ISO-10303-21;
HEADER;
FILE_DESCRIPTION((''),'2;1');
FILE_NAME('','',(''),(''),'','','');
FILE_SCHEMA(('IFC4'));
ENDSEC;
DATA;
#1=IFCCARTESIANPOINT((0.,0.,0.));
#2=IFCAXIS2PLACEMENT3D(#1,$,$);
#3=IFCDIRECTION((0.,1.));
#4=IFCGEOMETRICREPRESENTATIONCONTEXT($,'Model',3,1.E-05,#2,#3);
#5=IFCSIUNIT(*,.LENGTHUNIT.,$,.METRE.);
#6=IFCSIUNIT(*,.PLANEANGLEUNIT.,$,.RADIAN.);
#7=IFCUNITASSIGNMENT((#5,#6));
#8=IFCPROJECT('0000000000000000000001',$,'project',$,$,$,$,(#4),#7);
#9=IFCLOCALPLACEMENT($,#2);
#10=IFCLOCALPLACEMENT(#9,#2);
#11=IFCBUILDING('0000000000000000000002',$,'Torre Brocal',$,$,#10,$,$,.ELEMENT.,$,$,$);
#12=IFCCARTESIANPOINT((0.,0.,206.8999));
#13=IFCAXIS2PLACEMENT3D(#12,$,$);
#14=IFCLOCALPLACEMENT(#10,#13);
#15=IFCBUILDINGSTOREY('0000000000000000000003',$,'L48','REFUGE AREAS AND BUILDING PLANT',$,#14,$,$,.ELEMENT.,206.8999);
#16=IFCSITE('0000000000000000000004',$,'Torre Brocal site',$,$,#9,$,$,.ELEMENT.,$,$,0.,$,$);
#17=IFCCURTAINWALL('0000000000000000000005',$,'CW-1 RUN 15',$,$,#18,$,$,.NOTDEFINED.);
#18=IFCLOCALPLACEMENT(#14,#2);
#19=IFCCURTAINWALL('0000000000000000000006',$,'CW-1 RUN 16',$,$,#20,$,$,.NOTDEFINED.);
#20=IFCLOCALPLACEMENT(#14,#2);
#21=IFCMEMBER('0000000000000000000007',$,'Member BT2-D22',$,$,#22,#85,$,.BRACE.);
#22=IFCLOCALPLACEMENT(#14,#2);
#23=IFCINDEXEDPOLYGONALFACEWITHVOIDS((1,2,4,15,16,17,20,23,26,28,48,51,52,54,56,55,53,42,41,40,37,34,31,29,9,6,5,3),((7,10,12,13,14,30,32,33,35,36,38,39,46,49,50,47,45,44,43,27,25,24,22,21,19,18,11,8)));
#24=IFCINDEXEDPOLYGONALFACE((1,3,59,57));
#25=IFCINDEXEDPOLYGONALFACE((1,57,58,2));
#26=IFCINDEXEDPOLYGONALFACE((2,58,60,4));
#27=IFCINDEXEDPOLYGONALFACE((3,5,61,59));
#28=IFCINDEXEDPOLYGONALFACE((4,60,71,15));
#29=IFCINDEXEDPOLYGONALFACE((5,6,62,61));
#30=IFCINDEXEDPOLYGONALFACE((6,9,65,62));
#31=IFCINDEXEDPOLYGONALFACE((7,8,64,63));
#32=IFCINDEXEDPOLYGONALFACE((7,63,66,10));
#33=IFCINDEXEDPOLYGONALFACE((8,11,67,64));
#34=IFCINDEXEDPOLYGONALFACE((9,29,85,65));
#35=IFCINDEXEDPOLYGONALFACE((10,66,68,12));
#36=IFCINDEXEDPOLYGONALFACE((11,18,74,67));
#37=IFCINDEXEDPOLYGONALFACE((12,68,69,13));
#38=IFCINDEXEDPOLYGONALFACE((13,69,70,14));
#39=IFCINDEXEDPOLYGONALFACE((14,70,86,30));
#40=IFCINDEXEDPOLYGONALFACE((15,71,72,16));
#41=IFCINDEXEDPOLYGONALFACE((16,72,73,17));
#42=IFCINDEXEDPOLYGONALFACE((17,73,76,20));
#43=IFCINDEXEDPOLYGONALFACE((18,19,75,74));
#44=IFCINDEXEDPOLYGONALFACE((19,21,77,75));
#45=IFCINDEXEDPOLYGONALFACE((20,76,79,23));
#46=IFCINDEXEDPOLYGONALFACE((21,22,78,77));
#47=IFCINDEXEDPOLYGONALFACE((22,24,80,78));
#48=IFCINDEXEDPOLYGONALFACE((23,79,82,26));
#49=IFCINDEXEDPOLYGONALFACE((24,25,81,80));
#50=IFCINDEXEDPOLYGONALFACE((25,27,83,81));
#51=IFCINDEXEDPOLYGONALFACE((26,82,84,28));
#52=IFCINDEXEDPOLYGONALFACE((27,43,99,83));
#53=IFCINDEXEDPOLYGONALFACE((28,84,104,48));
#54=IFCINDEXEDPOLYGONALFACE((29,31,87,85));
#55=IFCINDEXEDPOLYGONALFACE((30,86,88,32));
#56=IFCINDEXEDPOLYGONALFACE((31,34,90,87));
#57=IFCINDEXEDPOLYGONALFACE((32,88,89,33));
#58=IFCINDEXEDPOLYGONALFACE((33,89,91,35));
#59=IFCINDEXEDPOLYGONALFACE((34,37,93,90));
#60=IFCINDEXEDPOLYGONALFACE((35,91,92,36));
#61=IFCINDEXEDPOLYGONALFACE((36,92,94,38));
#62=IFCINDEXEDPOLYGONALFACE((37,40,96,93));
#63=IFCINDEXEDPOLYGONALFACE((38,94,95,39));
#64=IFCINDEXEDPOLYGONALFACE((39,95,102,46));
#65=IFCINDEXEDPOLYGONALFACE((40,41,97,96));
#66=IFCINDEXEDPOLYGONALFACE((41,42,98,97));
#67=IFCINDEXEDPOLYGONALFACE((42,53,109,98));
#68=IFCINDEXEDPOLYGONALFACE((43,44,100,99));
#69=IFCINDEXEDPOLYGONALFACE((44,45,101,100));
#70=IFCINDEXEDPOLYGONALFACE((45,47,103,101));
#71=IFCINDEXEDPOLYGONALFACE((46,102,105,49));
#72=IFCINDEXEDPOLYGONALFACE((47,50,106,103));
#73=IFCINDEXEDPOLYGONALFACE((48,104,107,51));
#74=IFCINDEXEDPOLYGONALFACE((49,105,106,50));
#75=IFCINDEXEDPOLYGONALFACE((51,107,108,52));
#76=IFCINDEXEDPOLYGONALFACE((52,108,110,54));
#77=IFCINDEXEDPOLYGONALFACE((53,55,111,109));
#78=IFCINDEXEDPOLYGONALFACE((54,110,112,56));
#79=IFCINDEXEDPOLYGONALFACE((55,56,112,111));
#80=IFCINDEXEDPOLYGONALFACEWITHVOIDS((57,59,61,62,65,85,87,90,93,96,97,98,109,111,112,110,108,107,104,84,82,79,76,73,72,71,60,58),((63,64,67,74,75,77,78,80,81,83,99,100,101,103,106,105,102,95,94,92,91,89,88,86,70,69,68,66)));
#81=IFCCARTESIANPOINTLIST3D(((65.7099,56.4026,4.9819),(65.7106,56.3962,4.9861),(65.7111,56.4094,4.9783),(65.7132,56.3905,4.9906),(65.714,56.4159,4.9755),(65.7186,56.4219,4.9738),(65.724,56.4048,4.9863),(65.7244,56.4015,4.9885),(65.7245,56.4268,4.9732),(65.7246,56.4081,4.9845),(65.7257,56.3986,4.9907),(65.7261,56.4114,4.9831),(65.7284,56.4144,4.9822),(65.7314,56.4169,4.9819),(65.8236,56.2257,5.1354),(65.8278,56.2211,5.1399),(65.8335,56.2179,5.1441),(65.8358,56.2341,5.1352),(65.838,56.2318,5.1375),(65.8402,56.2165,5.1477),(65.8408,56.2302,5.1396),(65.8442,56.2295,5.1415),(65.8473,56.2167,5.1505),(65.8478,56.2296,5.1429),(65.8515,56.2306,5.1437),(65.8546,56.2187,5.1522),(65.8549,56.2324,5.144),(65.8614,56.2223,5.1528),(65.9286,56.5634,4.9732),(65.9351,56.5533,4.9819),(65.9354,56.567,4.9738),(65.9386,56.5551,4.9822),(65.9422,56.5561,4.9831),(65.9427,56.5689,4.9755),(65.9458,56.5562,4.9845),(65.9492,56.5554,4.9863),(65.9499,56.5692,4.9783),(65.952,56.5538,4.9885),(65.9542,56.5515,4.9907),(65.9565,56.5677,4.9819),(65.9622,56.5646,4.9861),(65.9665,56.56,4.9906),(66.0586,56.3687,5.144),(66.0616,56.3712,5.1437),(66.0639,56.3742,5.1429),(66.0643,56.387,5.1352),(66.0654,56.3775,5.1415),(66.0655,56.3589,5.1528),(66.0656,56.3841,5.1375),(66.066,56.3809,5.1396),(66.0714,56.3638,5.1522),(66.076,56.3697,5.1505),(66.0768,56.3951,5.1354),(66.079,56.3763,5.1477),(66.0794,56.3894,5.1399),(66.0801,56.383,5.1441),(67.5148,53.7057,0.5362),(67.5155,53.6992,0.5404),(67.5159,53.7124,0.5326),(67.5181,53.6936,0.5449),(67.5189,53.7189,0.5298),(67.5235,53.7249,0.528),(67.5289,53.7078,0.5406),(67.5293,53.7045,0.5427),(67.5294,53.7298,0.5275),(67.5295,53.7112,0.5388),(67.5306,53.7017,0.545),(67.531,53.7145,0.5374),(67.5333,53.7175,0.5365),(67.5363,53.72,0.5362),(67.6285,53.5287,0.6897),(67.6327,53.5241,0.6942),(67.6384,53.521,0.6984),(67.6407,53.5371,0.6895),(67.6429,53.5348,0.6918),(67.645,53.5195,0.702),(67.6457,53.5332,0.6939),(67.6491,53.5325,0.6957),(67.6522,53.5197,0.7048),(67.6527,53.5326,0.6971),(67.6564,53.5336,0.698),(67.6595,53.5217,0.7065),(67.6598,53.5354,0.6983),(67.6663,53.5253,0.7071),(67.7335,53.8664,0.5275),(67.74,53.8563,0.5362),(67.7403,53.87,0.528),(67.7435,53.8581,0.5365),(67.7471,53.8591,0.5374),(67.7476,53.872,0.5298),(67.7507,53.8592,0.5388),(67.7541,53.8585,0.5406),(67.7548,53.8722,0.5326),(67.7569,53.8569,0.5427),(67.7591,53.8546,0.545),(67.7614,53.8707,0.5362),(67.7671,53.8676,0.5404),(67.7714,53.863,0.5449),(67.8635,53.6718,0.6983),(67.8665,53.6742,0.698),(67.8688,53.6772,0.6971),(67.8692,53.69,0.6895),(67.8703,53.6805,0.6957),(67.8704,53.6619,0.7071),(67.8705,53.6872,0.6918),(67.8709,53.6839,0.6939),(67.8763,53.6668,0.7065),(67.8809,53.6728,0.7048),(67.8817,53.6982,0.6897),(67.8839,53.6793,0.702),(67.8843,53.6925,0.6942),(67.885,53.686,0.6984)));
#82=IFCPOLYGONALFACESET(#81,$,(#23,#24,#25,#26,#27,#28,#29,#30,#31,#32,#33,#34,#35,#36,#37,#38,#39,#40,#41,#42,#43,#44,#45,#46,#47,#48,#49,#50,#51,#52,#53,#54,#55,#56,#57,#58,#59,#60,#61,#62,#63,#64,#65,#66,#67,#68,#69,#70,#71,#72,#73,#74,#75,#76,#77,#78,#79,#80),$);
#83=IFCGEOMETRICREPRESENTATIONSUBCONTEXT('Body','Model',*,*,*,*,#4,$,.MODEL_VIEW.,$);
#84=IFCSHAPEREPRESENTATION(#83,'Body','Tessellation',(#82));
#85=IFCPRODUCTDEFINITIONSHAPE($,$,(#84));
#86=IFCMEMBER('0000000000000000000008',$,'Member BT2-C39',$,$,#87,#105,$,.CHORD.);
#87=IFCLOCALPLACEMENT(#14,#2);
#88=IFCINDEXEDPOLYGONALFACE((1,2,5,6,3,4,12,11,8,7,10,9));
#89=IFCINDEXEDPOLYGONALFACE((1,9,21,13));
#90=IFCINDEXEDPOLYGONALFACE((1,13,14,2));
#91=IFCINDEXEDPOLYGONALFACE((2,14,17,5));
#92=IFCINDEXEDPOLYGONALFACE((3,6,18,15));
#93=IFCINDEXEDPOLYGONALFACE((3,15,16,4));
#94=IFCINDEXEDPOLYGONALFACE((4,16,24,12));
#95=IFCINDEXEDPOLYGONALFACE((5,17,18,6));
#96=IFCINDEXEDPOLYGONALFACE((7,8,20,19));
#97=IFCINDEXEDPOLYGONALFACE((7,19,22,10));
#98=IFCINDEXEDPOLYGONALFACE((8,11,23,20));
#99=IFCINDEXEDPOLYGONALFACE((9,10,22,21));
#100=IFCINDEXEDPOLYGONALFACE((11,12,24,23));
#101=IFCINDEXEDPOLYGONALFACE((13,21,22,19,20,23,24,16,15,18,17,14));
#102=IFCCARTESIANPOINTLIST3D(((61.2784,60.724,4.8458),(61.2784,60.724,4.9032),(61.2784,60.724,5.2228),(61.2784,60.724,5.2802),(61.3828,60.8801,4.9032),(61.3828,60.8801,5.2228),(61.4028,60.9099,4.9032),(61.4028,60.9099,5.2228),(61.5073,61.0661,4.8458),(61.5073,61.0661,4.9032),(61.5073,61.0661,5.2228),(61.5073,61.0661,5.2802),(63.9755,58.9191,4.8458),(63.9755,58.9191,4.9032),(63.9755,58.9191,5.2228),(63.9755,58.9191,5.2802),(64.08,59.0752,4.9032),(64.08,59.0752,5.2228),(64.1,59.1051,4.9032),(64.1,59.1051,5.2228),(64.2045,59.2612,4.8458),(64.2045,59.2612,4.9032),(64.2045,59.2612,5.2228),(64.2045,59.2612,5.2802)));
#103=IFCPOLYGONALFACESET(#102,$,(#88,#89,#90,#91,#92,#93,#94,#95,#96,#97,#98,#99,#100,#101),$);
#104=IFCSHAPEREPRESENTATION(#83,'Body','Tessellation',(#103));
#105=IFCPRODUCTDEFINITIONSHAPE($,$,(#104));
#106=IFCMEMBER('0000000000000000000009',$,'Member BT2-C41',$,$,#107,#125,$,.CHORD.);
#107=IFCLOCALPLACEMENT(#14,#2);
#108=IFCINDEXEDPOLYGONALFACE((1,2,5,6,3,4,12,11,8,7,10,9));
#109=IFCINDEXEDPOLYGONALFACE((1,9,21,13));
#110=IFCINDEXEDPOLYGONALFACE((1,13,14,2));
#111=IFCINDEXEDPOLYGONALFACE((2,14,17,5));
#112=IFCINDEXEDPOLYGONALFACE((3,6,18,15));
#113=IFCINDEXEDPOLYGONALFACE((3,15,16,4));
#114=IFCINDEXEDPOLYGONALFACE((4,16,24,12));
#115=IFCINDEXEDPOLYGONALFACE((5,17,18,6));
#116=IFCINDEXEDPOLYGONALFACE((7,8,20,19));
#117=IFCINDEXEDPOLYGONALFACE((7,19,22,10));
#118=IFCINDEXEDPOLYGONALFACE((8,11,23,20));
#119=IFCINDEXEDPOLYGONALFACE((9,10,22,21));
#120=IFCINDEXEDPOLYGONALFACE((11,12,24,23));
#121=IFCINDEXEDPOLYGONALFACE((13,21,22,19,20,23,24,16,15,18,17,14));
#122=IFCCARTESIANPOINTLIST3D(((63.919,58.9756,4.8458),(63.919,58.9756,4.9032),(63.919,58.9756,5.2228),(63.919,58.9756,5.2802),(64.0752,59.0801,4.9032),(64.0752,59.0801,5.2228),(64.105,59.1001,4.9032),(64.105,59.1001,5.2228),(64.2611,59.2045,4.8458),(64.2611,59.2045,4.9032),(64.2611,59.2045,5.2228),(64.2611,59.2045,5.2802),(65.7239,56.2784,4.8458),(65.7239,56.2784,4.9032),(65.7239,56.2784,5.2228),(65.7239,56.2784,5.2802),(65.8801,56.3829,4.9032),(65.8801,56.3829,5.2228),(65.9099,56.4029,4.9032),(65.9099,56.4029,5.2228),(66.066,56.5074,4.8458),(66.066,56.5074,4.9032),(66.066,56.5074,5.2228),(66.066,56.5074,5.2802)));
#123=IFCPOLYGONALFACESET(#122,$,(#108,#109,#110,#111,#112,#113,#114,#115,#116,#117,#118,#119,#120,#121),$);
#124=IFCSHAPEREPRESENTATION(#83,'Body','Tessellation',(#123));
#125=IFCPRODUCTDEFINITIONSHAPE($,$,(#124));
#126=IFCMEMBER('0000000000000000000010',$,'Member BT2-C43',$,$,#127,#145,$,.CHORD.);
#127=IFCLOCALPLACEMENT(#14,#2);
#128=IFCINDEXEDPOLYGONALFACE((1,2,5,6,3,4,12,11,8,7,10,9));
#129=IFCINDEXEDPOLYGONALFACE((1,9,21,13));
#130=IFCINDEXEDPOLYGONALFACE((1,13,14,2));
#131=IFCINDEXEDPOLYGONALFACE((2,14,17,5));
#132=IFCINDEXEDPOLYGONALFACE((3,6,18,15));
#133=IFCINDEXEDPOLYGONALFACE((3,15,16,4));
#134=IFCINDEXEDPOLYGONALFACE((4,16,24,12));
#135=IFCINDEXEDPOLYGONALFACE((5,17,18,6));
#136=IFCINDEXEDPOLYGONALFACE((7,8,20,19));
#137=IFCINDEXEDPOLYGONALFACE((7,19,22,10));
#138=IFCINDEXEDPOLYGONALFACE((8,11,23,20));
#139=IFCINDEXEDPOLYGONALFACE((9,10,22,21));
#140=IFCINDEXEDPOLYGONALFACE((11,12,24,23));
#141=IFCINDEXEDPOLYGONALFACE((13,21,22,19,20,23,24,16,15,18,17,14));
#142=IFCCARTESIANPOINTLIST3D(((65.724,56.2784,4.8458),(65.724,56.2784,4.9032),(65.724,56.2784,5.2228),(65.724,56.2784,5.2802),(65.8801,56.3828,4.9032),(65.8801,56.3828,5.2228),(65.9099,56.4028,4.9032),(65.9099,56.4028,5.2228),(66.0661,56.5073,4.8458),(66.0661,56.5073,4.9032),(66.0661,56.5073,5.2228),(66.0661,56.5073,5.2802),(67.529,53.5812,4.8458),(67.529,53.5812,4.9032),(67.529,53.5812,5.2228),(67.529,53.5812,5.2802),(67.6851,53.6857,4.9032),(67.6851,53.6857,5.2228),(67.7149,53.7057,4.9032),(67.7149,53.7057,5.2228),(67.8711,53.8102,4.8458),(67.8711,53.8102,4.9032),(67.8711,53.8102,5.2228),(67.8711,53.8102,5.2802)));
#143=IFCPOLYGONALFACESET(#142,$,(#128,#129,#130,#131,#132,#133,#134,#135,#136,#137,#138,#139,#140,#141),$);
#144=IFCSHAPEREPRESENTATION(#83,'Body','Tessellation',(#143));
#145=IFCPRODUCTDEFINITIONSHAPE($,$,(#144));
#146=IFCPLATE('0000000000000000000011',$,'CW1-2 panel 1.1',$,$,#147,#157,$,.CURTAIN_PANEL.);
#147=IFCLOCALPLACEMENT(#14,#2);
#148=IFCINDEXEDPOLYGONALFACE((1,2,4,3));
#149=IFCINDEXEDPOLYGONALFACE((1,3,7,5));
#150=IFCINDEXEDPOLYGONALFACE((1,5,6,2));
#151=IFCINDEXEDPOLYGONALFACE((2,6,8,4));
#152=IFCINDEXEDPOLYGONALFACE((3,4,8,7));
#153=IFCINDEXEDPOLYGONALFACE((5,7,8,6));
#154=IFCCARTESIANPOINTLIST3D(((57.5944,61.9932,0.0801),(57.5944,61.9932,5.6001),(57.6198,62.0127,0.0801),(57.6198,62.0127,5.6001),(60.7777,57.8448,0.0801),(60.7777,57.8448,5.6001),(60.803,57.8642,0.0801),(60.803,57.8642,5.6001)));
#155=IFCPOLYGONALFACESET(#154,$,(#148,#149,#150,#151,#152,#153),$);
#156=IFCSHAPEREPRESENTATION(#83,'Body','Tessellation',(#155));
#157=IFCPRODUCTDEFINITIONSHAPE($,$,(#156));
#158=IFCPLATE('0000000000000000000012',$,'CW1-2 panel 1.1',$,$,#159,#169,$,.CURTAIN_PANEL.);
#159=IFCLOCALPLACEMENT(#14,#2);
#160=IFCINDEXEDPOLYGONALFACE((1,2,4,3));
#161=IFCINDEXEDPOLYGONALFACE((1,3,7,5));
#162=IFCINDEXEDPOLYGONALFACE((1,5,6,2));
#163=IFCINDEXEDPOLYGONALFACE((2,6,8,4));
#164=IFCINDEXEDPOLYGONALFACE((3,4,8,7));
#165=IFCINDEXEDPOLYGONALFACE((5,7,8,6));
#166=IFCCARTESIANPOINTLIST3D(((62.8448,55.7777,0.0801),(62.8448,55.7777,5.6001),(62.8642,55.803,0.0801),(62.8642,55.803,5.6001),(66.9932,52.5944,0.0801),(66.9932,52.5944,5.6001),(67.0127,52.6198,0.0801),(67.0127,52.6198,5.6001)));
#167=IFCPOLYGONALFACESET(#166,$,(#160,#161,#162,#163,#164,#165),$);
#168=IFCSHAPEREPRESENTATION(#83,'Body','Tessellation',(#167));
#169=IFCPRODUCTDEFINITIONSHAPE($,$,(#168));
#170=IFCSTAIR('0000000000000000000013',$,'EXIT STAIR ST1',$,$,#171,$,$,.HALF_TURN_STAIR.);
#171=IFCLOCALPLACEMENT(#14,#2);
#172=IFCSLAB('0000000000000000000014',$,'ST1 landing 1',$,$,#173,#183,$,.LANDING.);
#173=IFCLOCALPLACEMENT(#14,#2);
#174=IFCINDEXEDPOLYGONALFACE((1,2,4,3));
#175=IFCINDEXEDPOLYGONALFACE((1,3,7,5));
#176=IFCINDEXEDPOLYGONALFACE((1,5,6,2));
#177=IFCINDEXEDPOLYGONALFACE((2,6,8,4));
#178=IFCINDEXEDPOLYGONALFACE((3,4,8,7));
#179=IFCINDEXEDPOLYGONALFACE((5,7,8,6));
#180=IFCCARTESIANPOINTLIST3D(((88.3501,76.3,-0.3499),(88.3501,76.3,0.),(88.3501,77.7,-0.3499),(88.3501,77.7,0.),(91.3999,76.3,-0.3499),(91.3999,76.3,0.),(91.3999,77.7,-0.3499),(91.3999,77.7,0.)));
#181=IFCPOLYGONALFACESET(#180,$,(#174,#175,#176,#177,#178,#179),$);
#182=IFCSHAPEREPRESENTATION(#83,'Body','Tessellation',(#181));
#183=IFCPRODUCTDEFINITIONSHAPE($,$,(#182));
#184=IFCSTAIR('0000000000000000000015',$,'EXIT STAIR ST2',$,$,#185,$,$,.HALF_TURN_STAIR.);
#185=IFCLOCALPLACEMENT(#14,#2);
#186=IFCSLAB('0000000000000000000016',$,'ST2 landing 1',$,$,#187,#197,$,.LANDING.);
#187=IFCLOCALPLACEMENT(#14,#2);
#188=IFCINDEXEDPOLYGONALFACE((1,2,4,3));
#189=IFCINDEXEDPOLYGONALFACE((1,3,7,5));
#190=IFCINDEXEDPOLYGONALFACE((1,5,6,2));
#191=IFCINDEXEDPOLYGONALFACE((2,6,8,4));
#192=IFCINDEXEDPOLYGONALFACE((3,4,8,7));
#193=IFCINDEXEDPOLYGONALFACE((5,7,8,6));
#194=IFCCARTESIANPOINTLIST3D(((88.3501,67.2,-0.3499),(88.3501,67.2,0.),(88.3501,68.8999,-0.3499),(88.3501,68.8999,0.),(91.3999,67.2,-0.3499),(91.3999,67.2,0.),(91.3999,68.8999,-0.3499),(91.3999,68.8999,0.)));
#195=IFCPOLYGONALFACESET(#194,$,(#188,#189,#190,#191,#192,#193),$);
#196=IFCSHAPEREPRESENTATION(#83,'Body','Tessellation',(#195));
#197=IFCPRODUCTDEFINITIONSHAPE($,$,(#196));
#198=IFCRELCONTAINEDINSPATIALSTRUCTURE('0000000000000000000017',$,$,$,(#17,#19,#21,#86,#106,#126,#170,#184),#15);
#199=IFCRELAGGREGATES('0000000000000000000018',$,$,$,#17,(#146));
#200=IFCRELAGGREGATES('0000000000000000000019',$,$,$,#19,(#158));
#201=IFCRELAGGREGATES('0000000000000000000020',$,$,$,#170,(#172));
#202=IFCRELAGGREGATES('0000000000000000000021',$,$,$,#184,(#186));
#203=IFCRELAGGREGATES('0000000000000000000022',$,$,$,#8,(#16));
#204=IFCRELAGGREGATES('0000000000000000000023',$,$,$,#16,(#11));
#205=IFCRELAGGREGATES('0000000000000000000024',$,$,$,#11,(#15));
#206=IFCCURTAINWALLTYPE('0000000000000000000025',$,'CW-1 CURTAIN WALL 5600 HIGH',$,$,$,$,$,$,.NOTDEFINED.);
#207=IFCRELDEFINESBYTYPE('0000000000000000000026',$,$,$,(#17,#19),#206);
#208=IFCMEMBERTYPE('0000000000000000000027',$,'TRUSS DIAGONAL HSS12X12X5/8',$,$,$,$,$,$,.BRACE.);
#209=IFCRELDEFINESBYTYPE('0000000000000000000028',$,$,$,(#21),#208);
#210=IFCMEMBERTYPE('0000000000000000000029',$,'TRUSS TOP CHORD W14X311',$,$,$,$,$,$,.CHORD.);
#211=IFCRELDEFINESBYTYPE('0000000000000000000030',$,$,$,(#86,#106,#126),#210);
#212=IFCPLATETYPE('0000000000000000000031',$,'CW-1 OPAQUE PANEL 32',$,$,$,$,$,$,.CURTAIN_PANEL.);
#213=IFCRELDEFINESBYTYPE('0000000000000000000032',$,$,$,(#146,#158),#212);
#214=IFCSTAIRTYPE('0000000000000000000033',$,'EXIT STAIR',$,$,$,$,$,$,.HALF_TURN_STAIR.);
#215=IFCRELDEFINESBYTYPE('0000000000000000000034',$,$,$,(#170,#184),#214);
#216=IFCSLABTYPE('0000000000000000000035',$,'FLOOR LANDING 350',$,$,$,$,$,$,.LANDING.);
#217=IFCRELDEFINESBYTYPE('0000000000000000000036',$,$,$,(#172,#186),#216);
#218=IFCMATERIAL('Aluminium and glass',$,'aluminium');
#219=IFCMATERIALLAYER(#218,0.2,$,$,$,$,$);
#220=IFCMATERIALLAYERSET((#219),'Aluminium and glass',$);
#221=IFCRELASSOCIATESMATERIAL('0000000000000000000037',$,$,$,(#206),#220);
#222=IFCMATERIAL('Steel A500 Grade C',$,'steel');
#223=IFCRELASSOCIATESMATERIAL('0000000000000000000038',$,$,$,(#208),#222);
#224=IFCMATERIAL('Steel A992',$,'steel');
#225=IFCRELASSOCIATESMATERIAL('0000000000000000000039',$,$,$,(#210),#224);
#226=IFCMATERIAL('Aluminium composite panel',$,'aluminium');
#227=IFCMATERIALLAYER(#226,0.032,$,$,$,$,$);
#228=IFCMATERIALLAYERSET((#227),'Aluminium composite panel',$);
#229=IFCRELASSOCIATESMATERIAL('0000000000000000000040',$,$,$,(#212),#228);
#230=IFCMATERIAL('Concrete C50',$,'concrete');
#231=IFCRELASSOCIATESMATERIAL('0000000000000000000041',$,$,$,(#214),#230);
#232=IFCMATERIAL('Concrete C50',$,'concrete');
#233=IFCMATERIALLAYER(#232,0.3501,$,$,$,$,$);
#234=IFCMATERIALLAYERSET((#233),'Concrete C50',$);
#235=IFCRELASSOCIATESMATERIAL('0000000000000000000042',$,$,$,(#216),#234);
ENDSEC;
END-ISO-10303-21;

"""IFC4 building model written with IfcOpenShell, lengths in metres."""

from ifc_helpers import new_model, si_unit, direction, frame, origin, origin_2d, place, context, subcontext, project, spatial, polyline, rectangle, hollow_rectangle, i_section, outline, extrude, material, layer, layer_set, material_profile, profile_set, type_object, element, aggregate, save


model = new_model("IFC4")

# Units and contexts
model_context = context("Model", 3, precision=1e-05, world=origin(), true_north=direction((0.0, 1.0)))
body_context = subcontext(model_context, "Body", "Model", "MODEL_VIEW")
ifc_project = project(units=[si_unit("LENGTHUNIT", "METRE"), si_unit("PLANEANGLEUNIT", "RADIAN")], contexts=[model_context])

# Site, building, storey
site_placement = place(None, origin())
site = spatial("IfcSite", under=ifc_project, at=site_placement, Name="Torre Brocal site", CompositionType="ELEMENT", RefElevation=0.0)
building_placement = place(site_placement, origin())
building = spatial("IfcBuilding", under=site, at=building_placement, Name="Torre Brocal", CompositionType="ELEMENT")
storey_placement = place(building_placement, frame((0.0, 0.0, 206.8999)))
storey = spatial("IfcBuildingStorey", under=building, at=storey_placement, Name="L48", Description="REFUGE AREAS AND BUILDING PLANT", CompositionType="ELEMENT", Elevation=206.8999)

# Curtain wall
ifc_material_1 = material(Name="Aluminium and glass", Category="aluminium")
ifc_layer_1 = layer(ifc_material_1, 0.2)
ifc_layer_set_1 = layer_set([ifc_layer_1], Name="Aluminium and glass")
curtain_wall_type = type_object("IfcCurtainWallType", Name="CW-1 CURTAIN WALL 5600 HIGH", PredefinedType="NOTDEFINED", material=ifc_layer_set_1)
curtain_wall_1_placement = place(storey_placement, origin())
curtain_wall_1 = element("IfcCurtainWall", 1, at=curtain_wall_1_placement, inside=storey, type_object=curtain_wall_type, Name="CW-1 RUN 15", PredefinedType="NOTDEFINED")

# Curtain wall
curtain_wall_2_placement = place(storey_placement, origin())
curtain_wall_2 = element("IfcCurtainWall", 2, at=curtain_wall_2_placement, inside=storey, type_object=curtain_wall_type, Name="CW-1 RUN 16", PredefinedType="NOTDEFINED")

# Members
ifc_material_2 = material(Name="Steel A500 Grade C", Category="steel")
ifc_material_profile_1 = material_profile(ifc_material_2, hollow_rectangle(XDim=0.3047, YDim=0.3047, WallThickness=0.0149, InnerFilletRadius=0.0149, OuterFilletRadius=0.0295, at=origin_2d()), Name="HSS12X12X5/8")
ifc_profile_set_1 = profile_set([ifc_material_profile_1], Name="Steel A500 Grade C")
member_type_1 = type_object("IfcMemberType", Name="TRUSS DIAGONAL HSS12X12X5/8", PredefinedType="BRACE", material=ifc_profile_set_1)
member_1_placement = place(storey_placement, frame((65.895, 56.3928, 5.063), z_axis=(0.327916, -0.489988, -0.807702), x_axis=(0.831065, 0.556175, 0.0)))
element("IfcMember", 3, at=member_1_placement, inside=storey, type_object=member_type_1, Name="Member BT2-D22", PredefinedType="BRACE", context=body_context, shape_type="SweptSolid", body=[
    extrude(hollow_rectangle(XDim=0.3047, YDim=0.3047, WallThickness=0.0149, InnerFilletRadius=0.0149, OuterFilletRadius=0.0295, at=origin_2d()), origin(), (0.0, 0.0, 1.0), 5.5042),
])
ifc_material_3 = material(Name="Steel A992", Category="steel")
ifc_material_profile_2 = material_profile(ifc_material_3, i_section(OverallWidth=0.4116, OverallDepth=0.4343, WebThickness=0.0359, FlangeThickness=0.0574, at=origin_2d()), Name="W14X311")
ifc_profile_set_2 = profile_set([ifc_material_profile_2], Name="Steel A992")
member_type_2 = type_object("IfcMemberType", Name="TRUSS TOP CHORD W14X311", PredefinedType="CHORD", material=ifc_profile_set_2)
for number, where, z_axis, x_axis, name in (
    (4, (61.3928, 60.895, 5.063), (0.831088, -0.55614, 0.0), (0.55614, 0.831088, 0.0), "Member BT2-C39"),
    (5, (64.0901, 59.0901, 5.063), (0.55614, -0.831088, 0.0), (0.831088, 0.55614, 0.0), "Member BT2-C41"),
    (6, (65.895, 56.3928, 5.063), (0.556175, -0.831065, 0.0), (0.831065, 0.556175, 0.0), "Member BT2-C43"),
):
    element("IfcMember", number, at=place(storey_placement, frame(where, z_axis=z_axis, x_axis=x_axis)), inside=storey, type_object=member_type_2, Name=name, PredefinedType="CHORD", context=body_context, shape_type="SweptSolid", body=[
        extrude(i_section(OverallWidth=0.4116, OverallDepth=0.4343, WebThickness=0.0359, FlangeThickness=0.0574, at=origin_2d()), origin(), (0.0, 0.0, 1.0), 3.2454),
    ])

# Plates
ifc_material_4 = material(Name="Aluminium composite panel", Category="aluminium")
ifc_layer_2 = layer(ifc_material_4, 0.032)
ifc_layer_set_2 = layer_set([ifc_layer_2], Name="Aluminium composite panel")
plate_type = type_object("IfcPlateType", Name="CW-1 OPAQUE PANEL 32", PredefinedType="CURTAIN_PANEL", material=ifc_layer_set_2)
plate_1_placement = place(storey_placement, frame((59.1987, 59.9287, 0.0801), z_axis=(0.0, 0.0, 1.0), x_axis=(0.608761, -0.793353, 0.0)))
plate_1 = element("IfcPlate", 7, at=plate_1_placement, type_object=plate_type, Name="CW1-2 panel 1.1", PredefinedType="CURTAIN_PANEL", context=body_context, shape_type="SweptSolid", body=[
    extrude(rectangle(XDim=5.229, YDim=0.032, at=origin_2d()), origin(), (0.0, 0.0, 1.0), 5.52),
])
aggregate(curtain_wall_1, [plate_1])
plate_2_placement = place(storey_placement, frame((64.9287, 54.1987, 0.0801), z_axis=(0.0, 0.0, 1.0), x_axis=(0.793353, -0.608761, 0.0)))
plate_2 = element("IfcPlate", 8, at=plate_2_placement, type_object=plate_type, Name="CW1-2 panel 1.1", PredefinedType="CURTAIN_PANEL", context=body_context, shape_type="SweptSolid", body=[
    extrude(rectangle(XDim=5.229, YDim=0.032, at=origin_2d()), origin(), (0.0, 0.0, 1.0), 5.52),
])
aggregate(curtain_wall_2, [plate_2])

# Stairs, slabs
ifc_material_5 = material(Name="Concrete C50", Category="concrete")
stair_type = type_object("IfcStairType", Name="EXIT STAIR", PredefinedType="HALF_TURN_STAIR", material=ifc_material_5)
stair_1_placement = place(storey_placement, origin())
stair_1 = element("IfcStair", 9, at=stair_1_placement, inside=storey, type_object=stair_type, Name="EXIT STAIR ST1", PredefinedType="HALF_TURN_STAIR")
ifc_material_6 = material(Name="Concrete C50", Category="concrete")
ifc_layer_3 = layer(ifc_material_6, 0.3501)
ifc_layer_set_3 = layer_set([ifc_layer_3], Name="Concrete C50")
slab_type_1 = type_object("IfcSlabType", Name="FLOOR LANDING 350", PredefinedType="LANDING", material=ifc_layer_set_3)
slab_1_placement = place(storey_placement, frame((0.0, 0.0, -0.3499)))
slab_1 = element("IfcSlab", 10, at=slab_1_placement, type_object=slab_type_1, Name="ST1 landing 1", PredefinedType="LANDING", context=body_context, shape_type="SweptSolid", body=[
    extrude(outline(polyline([(88.3501, 76.3), (91.3999, 76.3), (91.3999, 77.7), (88.3501, 77.7), (88.3501, 76.3)])), origin(), (0.0, 0.0, 1.0), 0.3499),
])
stair_2_placement = place(storey_placement, origin())
stair_2 = element("IfcStair", 11, at=stair_2_placement, inside=storey, type_object=stair_type, Name="EXIT STAIR ST2", PredefinedType="HALF_TURN_STAIR")
slab_2_placement = place(storey_placement, frame((0.0, 0.0, -0.3499)))
slab_2 = element("IfcSlab", 12, at=slab_2_placement, type_object=slab_type_1, Name="ST2 landing 1", PredefinedType="LANDING", context=body_context, shape_type="SweptSolid", body=[
    extrude(outline(polyline([(88.3501, 67.2), (91.3999, 67.2), (91.3999, 68.8999), (88.3501, 68.8999), (88.3501, 67.2)])), origin(), (0.0, 0.0, 1.0), 0.3499),
])

aggregate(stair_1, [slab_1])
aggregate(stair_2, [slab_2])

save(model, "model.ifc")
